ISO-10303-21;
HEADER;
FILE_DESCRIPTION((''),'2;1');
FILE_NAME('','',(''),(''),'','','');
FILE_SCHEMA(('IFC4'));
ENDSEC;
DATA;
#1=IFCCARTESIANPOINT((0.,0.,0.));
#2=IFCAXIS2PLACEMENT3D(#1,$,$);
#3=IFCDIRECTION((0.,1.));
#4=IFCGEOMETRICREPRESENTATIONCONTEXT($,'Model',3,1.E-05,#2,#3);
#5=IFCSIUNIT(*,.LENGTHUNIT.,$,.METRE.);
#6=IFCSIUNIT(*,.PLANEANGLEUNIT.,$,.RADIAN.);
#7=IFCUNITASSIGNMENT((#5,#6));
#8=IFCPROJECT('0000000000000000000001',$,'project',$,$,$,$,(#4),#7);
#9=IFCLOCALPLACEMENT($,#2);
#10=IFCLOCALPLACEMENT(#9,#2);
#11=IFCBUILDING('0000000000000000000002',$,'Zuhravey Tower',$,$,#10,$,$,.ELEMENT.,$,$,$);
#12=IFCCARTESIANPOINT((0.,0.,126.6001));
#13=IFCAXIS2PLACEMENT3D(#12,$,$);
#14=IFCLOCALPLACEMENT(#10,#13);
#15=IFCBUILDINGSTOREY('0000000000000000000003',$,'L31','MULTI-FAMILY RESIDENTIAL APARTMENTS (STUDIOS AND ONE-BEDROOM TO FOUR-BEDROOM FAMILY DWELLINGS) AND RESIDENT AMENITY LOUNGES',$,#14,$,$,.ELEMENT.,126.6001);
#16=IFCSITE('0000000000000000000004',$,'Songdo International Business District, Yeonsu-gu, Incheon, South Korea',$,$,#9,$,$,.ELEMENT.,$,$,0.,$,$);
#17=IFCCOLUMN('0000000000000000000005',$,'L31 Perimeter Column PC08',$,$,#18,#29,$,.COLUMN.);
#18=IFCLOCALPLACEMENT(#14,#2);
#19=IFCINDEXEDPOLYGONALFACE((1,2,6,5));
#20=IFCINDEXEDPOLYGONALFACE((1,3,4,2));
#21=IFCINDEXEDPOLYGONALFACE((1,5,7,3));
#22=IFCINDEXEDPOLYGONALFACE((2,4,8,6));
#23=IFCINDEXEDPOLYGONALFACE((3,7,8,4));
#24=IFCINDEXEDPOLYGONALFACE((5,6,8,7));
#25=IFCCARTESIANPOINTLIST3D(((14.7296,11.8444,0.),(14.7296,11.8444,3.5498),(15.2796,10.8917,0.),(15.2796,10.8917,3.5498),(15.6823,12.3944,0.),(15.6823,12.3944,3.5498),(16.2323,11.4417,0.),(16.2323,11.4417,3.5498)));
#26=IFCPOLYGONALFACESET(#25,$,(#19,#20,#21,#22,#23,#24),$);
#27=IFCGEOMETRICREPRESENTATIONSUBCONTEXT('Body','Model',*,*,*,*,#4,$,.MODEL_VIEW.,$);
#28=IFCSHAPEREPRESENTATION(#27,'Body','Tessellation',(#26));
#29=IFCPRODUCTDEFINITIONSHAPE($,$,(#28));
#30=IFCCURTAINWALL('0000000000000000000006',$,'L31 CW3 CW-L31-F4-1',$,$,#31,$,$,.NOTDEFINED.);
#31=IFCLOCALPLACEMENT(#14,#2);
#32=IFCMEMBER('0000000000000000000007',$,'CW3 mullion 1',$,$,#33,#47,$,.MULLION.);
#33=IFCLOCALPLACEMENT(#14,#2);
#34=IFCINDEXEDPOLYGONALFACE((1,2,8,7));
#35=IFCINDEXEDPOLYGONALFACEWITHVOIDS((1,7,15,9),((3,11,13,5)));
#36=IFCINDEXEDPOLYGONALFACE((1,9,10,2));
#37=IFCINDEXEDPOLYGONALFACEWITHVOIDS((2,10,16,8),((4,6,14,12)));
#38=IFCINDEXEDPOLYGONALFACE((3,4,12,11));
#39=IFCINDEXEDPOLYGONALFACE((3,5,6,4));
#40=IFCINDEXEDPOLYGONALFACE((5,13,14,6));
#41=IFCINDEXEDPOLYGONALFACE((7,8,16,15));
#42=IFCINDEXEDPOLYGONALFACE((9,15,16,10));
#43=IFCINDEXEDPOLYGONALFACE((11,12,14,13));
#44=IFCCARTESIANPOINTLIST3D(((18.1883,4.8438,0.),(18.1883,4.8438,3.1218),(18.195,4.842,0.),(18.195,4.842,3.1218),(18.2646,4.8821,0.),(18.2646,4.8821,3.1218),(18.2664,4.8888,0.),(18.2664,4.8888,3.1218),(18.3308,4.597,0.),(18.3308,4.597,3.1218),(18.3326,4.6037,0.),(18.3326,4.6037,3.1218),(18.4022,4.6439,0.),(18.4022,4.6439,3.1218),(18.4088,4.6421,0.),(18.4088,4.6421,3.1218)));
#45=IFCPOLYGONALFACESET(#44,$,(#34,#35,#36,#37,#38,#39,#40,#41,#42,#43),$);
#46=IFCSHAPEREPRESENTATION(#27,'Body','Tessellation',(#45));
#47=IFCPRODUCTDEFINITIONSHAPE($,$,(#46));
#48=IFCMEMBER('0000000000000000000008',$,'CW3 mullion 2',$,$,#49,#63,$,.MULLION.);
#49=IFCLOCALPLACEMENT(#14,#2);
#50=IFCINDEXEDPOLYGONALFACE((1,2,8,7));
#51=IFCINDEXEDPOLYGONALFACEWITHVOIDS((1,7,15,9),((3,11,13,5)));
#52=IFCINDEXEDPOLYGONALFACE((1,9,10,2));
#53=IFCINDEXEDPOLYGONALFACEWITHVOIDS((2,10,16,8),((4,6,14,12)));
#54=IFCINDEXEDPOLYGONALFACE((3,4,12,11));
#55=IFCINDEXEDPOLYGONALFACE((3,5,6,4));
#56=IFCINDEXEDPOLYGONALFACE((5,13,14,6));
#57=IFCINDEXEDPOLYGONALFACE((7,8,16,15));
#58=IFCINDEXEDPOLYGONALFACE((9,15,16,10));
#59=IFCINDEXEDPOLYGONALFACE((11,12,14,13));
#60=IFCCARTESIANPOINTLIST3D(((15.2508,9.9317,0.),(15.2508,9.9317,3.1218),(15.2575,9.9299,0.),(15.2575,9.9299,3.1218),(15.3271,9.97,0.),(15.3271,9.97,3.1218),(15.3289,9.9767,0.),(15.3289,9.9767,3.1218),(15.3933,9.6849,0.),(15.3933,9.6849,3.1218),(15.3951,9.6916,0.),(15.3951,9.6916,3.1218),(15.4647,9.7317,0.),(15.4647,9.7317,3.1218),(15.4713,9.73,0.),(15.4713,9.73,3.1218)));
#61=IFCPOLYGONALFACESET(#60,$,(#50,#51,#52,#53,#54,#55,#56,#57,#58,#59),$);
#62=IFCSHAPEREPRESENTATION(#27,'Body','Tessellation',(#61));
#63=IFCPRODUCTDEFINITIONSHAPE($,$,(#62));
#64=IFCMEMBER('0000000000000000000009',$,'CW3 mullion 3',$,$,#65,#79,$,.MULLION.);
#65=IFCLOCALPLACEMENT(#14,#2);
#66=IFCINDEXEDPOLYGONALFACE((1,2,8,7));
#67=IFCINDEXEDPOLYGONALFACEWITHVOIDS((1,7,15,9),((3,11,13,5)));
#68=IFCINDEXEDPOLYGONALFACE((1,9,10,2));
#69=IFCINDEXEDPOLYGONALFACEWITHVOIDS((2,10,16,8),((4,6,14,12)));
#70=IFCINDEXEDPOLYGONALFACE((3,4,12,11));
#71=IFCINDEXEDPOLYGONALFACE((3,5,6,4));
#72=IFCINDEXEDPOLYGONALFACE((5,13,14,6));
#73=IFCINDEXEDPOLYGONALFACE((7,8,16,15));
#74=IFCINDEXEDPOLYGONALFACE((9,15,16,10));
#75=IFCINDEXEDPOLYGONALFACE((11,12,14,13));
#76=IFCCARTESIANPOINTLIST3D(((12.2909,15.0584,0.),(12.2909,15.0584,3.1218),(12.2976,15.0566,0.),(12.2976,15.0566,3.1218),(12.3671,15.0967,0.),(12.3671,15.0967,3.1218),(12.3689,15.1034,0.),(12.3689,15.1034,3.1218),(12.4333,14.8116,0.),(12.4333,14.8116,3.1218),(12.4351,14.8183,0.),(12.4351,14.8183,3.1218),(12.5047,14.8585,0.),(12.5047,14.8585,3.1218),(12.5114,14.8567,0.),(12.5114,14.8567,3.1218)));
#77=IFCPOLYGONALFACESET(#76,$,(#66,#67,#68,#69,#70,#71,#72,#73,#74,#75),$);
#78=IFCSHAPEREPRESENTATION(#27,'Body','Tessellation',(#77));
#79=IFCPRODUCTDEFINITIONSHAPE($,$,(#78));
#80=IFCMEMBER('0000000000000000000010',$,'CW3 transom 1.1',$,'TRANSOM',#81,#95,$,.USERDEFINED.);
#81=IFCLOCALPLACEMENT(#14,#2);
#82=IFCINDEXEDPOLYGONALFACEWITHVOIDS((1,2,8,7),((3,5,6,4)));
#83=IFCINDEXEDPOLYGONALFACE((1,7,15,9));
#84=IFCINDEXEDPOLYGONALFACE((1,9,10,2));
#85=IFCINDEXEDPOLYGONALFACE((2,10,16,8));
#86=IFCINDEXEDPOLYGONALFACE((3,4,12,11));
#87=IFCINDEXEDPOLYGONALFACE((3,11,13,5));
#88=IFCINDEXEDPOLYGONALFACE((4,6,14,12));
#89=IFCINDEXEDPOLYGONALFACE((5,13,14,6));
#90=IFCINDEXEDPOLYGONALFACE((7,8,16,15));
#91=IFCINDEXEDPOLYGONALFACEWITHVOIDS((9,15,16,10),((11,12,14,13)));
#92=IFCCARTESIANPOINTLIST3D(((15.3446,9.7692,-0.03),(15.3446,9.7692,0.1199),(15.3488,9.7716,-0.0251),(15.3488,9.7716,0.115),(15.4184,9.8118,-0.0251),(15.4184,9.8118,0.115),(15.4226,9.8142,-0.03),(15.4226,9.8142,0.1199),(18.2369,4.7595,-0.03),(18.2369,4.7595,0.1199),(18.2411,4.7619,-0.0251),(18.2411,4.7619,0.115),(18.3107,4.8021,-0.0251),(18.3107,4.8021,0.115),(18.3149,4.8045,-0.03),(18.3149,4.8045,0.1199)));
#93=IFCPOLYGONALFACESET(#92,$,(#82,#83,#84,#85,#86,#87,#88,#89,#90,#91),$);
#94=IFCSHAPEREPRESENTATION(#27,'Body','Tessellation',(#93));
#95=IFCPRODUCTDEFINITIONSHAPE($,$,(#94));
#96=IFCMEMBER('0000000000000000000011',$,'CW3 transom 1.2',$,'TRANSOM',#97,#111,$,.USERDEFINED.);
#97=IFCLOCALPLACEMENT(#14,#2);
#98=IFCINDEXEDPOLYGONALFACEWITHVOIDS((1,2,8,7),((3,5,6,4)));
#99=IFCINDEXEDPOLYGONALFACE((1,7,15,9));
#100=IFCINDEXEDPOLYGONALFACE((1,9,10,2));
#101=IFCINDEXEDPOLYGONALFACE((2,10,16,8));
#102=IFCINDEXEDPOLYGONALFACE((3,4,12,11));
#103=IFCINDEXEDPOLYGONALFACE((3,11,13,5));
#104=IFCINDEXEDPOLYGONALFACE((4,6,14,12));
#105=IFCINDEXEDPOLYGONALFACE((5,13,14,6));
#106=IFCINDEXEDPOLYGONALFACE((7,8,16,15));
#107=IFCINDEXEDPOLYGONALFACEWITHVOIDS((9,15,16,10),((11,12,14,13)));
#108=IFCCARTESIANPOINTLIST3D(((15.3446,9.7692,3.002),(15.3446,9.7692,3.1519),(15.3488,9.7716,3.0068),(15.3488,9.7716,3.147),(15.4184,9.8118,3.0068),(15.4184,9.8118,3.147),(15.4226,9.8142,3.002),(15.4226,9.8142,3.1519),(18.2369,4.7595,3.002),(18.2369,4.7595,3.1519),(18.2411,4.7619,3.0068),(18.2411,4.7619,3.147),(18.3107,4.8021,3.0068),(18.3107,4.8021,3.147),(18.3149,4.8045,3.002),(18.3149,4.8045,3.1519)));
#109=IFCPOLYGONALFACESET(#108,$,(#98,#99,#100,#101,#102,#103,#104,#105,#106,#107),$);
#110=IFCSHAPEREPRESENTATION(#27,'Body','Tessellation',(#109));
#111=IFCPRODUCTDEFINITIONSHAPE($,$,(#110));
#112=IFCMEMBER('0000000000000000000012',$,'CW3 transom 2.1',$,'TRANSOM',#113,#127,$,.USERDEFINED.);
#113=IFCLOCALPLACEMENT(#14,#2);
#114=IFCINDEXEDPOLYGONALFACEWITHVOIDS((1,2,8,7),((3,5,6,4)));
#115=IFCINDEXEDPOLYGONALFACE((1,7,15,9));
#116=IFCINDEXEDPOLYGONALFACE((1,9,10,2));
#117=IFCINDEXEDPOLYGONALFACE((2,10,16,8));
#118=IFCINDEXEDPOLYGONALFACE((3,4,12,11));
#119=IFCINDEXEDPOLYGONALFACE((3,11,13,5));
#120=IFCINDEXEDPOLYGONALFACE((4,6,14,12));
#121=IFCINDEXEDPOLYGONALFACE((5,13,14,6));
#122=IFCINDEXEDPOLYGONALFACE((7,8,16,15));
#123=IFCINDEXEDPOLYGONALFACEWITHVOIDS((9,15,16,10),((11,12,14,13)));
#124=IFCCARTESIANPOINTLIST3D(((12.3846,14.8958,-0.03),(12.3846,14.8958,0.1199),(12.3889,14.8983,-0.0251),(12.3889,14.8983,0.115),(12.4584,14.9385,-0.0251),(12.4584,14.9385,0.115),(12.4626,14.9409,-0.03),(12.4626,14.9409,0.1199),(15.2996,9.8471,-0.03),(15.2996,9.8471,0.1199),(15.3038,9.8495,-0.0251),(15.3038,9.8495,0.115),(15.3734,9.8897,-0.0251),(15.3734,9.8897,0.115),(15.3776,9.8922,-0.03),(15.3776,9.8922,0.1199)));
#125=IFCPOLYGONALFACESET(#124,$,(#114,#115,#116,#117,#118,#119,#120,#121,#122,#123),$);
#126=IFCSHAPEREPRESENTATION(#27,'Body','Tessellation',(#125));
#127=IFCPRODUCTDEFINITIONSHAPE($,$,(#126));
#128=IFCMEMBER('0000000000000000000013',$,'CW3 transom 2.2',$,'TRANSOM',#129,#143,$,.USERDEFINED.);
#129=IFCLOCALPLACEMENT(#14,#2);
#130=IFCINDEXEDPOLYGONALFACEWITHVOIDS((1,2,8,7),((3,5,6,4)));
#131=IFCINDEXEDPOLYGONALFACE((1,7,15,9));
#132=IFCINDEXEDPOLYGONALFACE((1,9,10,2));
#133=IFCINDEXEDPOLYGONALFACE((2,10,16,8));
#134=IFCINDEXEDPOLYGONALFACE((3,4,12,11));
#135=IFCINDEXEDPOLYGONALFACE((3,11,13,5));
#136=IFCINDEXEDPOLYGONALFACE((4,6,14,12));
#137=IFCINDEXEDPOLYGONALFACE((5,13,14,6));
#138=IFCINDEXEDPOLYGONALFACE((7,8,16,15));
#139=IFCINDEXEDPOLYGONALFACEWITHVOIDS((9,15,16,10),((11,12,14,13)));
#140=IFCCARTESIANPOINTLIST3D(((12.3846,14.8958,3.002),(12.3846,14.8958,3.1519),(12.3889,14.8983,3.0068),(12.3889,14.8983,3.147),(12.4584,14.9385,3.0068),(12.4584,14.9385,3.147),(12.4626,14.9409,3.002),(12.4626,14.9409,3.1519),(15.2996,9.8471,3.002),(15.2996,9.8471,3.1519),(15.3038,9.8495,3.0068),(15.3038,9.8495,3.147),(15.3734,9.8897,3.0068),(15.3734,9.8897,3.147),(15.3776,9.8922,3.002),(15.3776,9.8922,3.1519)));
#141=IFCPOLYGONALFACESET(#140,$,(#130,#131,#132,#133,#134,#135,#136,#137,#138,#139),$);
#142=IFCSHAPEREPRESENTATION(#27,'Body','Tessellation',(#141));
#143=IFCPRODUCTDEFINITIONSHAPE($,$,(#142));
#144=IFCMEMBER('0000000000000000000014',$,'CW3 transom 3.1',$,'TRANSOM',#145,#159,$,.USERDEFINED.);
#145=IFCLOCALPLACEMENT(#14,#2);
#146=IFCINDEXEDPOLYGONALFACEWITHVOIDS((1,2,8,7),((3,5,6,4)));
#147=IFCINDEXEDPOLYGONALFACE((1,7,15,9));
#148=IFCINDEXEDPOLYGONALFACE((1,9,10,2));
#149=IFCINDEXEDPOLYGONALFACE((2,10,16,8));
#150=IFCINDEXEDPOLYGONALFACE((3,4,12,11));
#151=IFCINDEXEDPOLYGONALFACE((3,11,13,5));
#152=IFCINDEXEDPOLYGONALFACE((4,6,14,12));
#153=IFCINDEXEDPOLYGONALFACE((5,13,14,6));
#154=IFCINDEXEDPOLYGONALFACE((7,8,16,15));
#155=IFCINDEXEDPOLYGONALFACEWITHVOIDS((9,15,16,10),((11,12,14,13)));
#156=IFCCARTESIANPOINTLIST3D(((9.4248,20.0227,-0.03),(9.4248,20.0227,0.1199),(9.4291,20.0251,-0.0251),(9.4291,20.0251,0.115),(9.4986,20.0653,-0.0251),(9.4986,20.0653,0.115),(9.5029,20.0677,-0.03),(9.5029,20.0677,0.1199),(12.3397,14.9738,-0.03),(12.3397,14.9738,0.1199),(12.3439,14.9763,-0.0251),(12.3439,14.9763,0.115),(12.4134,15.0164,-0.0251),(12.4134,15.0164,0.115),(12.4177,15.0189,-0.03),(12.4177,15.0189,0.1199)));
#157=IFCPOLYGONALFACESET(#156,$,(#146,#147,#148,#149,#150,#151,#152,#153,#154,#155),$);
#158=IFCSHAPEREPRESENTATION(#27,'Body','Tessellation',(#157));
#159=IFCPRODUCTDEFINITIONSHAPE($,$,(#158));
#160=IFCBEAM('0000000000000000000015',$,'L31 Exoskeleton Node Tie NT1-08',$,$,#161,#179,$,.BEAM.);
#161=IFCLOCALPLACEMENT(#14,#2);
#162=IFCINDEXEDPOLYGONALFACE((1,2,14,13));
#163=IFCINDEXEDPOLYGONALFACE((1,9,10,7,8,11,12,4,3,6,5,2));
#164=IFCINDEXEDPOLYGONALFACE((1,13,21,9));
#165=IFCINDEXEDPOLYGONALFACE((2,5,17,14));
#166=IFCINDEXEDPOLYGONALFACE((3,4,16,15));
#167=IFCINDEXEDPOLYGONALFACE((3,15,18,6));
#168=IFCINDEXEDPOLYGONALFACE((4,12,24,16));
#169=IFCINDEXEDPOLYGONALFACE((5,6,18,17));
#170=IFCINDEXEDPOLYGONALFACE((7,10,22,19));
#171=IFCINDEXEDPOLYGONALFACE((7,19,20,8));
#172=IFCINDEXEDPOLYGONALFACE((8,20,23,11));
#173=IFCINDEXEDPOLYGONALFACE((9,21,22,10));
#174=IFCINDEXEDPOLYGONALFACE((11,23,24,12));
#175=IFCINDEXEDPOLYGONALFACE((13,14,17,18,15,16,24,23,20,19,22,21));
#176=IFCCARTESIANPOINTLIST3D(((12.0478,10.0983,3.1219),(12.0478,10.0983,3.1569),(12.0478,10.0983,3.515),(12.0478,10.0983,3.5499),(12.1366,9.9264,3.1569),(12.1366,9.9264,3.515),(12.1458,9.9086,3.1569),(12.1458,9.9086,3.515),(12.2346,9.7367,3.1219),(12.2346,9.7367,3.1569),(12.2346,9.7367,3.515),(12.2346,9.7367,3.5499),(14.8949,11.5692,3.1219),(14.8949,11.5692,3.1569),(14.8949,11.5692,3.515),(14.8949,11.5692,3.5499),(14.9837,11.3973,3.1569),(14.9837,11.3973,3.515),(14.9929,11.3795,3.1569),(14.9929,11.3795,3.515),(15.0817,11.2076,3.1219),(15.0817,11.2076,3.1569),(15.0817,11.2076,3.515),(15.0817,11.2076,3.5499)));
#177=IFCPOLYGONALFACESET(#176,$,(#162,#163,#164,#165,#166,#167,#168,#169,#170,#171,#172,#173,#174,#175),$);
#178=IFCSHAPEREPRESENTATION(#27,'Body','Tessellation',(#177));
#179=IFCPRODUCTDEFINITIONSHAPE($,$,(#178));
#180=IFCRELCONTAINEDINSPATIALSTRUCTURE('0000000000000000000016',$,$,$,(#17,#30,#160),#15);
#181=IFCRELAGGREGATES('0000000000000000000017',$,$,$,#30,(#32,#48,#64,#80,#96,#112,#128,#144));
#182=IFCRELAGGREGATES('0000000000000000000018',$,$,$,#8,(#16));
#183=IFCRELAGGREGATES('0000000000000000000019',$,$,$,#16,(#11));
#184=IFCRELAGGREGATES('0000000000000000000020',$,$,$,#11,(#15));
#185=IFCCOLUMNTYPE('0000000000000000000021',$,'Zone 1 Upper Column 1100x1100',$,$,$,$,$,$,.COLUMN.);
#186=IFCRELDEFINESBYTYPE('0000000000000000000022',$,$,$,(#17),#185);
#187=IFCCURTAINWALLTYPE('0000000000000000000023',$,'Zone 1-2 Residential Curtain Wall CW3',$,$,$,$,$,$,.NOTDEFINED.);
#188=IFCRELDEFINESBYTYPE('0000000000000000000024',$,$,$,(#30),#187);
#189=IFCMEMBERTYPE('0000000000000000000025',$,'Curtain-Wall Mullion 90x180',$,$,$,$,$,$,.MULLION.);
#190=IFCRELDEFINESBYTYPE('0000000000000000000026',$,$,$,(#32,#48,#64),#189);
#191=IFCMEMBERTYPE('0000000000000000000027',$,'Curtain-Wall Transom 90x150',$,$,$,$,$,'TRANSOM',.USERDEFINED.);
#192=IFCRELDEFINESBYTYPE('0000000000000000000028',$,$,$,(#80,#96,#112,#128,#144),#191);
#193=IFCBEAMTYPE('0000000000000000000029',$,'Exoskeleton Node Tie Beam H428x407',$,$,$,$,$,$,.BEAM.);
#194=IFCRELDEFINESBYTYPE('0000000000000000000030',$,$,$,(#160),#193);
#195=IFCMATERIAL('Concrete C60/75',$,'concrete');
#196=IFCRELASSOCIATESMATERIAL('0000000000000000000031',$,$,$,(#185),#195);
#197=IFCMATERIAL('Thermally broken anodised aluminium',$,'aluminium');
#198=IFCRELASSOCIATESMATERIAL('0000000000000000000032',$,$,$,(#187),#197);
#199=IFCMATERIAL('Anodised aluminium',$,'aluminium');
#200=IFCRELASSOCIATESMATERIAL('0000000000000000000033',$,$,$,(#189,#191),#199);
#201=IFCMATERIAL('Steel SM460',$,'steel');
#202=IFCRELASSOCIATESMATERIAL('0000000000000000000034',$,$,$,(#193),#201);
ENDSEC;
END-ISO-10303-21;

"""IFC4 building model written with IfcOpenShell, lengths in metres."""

from ifc_helpers import new_model, si_unit, direction, frame, origin, origin_2d, place, context, subcontext, project, spatial, rectangle, hollow_rectangle, i_section, extrude, material, material_profile, profile_set, type_object, element, aggregate, save


model = new_model("IFC4")

# Units and contexts
model_context = context("Model", 3, precision=1e-05, world=origin(), true_north=direction((0.0, 1.0)))
body_context = subcontext(model_context, "Body", "Model", "MODEL_VIEW")
ifc_project = project(units=[si_unit("LENGTHUNIT", "METRE"), si_unit("PLANEANGLEUNIT", "RADIAN")], contexts=[model_context])

# Site, building, storey
site_placement = place(None, origin())
site = spatial("IfcSite", under=ifc_project, at=site_placement, Name="Songdo International Business District, Yeonsu-gu, Incheon, South Korea", CompositionType="ELEMENT", RefElevation=0.0)
building_placement = place(site_placement, origin())
building = spatial("IfcBuilding", under=site, at=building_placement, Name="Zuhravey Tower", CompositionType="ELEMENT")
storey_placement = place(building_placement, frame((0.0, 0.0, 126.6001)))
storey = spatial("IfcBuildingStorey", under=building, at=storey_placement, Name="L31", Description="MULTI-FAMILY RESIDENTIAL APARTMENTS (STUDIOS AND ONE-BEDROOM TO FOUR-BEDROOM FAMILY DWELLINGS) AND RESIDENT AMENITY LOUNGES", CompositionType="ELEMENT", Elevation=126.6001)

# Column
ifc_material_1 = material(Name="Concrete C60/75", Category="concrete")
ifc_material_profile_1 = material_profile(ifc_material_1, rectangle(XDim=1.1001, YDim=1.1001, at=origin_2d()), Name="RC-1100x1100")
ifc_profile_set_1 = profile_set([ifc_material_profile_1], Name="Concrete C60/75")
column_type = type_object("IfcColumnType", Name="Zone 1 Upper Column 1100x1100", PredefinedType="COLUMN", material=ifc_profile_set_1)
column_placement = place(storey_placement, frame((15.481, 11.6431, 0.0), z_axis=(0.0, 0.0, 1.0), x_axis=(0.5, -0.866025, 0.0)))
element("IfcColumn", 1, at=column_placement, inside=storey, type_object=column_type, Name="L31 Perimeter Column PC08", PredefinedType="COLUMN", context=body_context, shape_type="SweptSolid", body=[
    extrude(rectangle(XDim=1.1001, YDim=1.1001, at=origin_2d()), origin(), (0.0, 0.0, 1.0), 3.5498),
])

# Curtain wall, members
ifc_material_2 = material(Name="Thermally broken anodised aluminium", Category="aluminium")
curtain_wall_type = type_object("IfcCurtainWallType", Name="Zone 1-2 Residential Curtain Wall CW3", PredefinedType="NOTDEFINED", material=ifc_material_2)
curtain_wall_placement = place(storey_placement, origin())
curtain_wall = element("IfcCurtainWall", 2, at=curtain_wall_placement, inside=storey, type_object=curtain_wall_type, Name="L31 CW3 CW-L31-F4-1", PredefinedType="NOTDEFINED")
ifc_material_3 = material(Name="Anodised aluminium", Category="aluminium")
ifc_material_profile_2 = material_profile(ifc_material_3, hollow_rectangle(XDim=0.0901, YDim=0.2849, WallThickness=0.0049, at=origin_2d()), Name="ALU-RHS-90x285x5")
ifc_profile_set_2 = profile_set([ifc_material_profile_2], Name="Anodised aluminium")
member_type_1 = type_object("IfcMemberType", Name="Curtain-Wall Mullion 90x180", PredefinedType="MULLION", material=ifc_profile_set_2)
member_1_placement = place(storey_placement, frame((18.2986, 4.7429, 0.0), z_axis=(0.0, 0.0, 1.0), x_axis=(-0.866026, -0.5, 0.0)))
member_1 = element("IfcMember", 3, at=member_1_placement, type_object=member_type_1, Name="CW3 mullion 1", PredefinedType="MULLION", context=body_context, shape_type="SweptSolid", body=[
    extrude(hollow_rectangle(XDim=0.0901, YDim=0.2849, WallThickness=0.0049, at=origin_2d()), origin(), (0.0, 0.0, 1.0), 3.1218),
])
member_2_placement = place(storey_placement, frame((15.3611, 9.8308, 0.0), z_axis=(0.0, 0.0, 1.0), x_axis=(-0.866026, -0.5, 0.0)))
member_2 = element("IfcMember", 4, at=member_2_placement, type_object=member_type_1, Name="CW3 mullion 2", PredefinedType="MULLION", context=body_context, shape_type="SweptSolid", body=[
    extrude(hollow_rectangle(XDim=0.0901, YDim=0.2849, WallThickness=0.0049, at=origin_2d()), origin(), (0.0, 0.0, 1.0), 3.1218),
])
member_3_placement = place(storey_placement, frame((12.4011, 14.9575, 0.0), z_axis=(0.0, 0.0, 1.0), x_axis=(-0.866026, -0.5, 0.0)))
member_3 = element("IfcMember", 5, at=member_3_placement, type_object=member_type_1, Name="CW3 mullion 3", PredefinedType="MULLION", context=body_context, shape_type="SweptSolid", body=[
    extrude(hollow_rectangle(XDim=0.0901, YDim=0.2849, WallThickness=0.0049, at=origin_2d()), origin(), (0.0, 0.0, 1.0), 3.1218),
])
ifc_material_profile_3 = material_profile(ifc_material_3, hollow_rectangle(XDim=0.0901, YDim=0.1499, WallThickness=0.0049, at=origin_2d()), Name="ALU-RHS-90x150x5")
ifc_profile_set_3 = profile_set([ifc_material_profile_3], Name="Anodised aluminium")
member_type_2 = type_object("IfcMemberType", Name="Curtain-Wall Transom 90x150", ElementType="TRANSOM", PredefinedType="USERDEFINED", material=ifc_profile_set_3)
member_4_placement = place(storey_placement, frame((18.2759, 4.782, 0.0449), z_axis=(-0.499993, 0.86603, 0.0), x_axis=(-0.86603, -0.499993, 0.0)))
member_4 = element("IfcMember", 6, at=member_4_placement, type_object=member_type_2, Name="CW3 transom 1.1", ObjectType="TRANSOM", PredefinedType="USERDEFINED", context=body_context, shape_type="SweptSolid", body=[
    extrude(hollow_rectangle(XDim=0.0901, YDim=0.1499, WallThickness=0.0049, at=origin_2d()), origin(), (0.0, 0.0, 1.0), 5.7847),
])
member_5_placement = place(storey_placement, frame((18.2759, 4.782, 3.0769), z_axis=(-0.499993, 0.86603, 0.0), x_axis=(-0.86603, -0.499993, 0.0)))
member_5 = element("IfcMember", 7, at=member_5_placement, type_object=member_type_2, Name="CW3 transom 1.2", ObjectType="TRANSOM", PredefinedType="USERDEFINED", context=body_context, shape_type="SweptSolid", body=[
    extrude(hollow_rectangle(XDim=0.0901, YDim=0.1499, WallThickness=0.0049, at=origin_2d()), origin(), (0.0, 0.0, 1.0), 5.7847),
])
member_6_placement = place(storey_placement, frame((15.3386, 9.8696, 0.0449), z_axis=(-0.500012, 0.866018, 0.0), x_axis=(-0.866018, -0.500012, 0.0)))
member_6 = element("IfcMember", 8, at=member_6_placement, type_object=member_type_2, Name="CW3 transom 2.1", ObjectType="TRANSOM", PredefinedType="USERDEFINED", context=body_context, shape_type="SweptSolid", body=[
    extrude(hollow_rectangle(XDim=0.0901, YDim=0.1499, WallThickness=0.0049, at=origin_2d()), origin(), (0.0, 0.0, 1.0), 5.8298),
])
member_7_placement = place(storey_placement, frame((15.3386, 9.8696, 3.0769), z_axis=(-0.500012, 0.866018, 0.0), x_axis=(-0.866018, -0.500012, 0.0)))
member_7 = element("IfcMember", 9, at=member_7_placement, type_object=member_type_2, Name="CW3 transom 2.2", ObjectType="TRANSOM", PredefinedType="USERDEFINED", context=body_context, shape_type="SweptSolid", body=[
    extrude(hollow_rectangle(XDim=0.0901, YDim=0.1499, WallThickness=0.0049, at=origin_2d()), origin(), (0.0, 0.0, 1.0), 5.8298),
])
member_8_placement = place(storey_placement, frame((12.3787, 14.9963, 0.0449), z_axis=(-0.499981, 0.866036, 0.0), x_axis=(-0.866036, -0.499981, 0.0)))
member_8 = element("IfcMember", 10, at=member_8_placement, type_object=member_type_2, Name="CW3 transom 3.1", ObjectType="TRANSOM", PredefinedType="USERDEFINED", context=body_context, shape_type="SweptSolid", body=[
    extrude(hollow_rectangle(XDim=0.0901, YDim=0.1499, WallThickness=0.0049, at=origin_2d()), origin(), (0.0, 0.0, 1.0), 5.8298),
])

# Beam
ifc_material_4 = material(Name="Steel SM460", Category="steel")
ifc_material_profile_4 = material_profile(ifc_material_4, i_section(OverallWidth=0.407, OverallDepth=0.428, WebThickness=0.02, FlangeThickness=0.0349, at=origin_2d()), Name="H-428x407x20x35")
ifc_profile_set_4 = profile_set([ifc_material_profile_4], Name="Steel SM460")
beam_type_1 = type_object("IfcBeamType", Name="Exoskeleton Node Tie Beam H428x407", PredefinedType="BEAM", material=ifc_profile_set_4)
beam_1_placement = place(storey_placement, frame((14.9883, 11.3884, 3.3359), z_axis=(-0.888437, -0.458998, 0.0), x_axis=(0.458998, -0.888437, 0.0)))
element("IfcBeam", 11, at=beam_1_placement, inside=storey, type_object=beam_type_1, Name="L31 Exoskeleton Node Tie NT1-08", PredefinedType="BEAM", context=body_context, shape_type="SweptSolid", body=[
    extrude(i_section(OverallWidth=0.407, OverallDepth=0.428, WebThickness=0.02, FlangeThickness=0.0349, at=origin_2d()), origin(), (0.0, 0.0, 1.0), 3.2046),
])

aggregate(curtain_wall, [member_1, member_2, member_3, member_4, member_5, member_6, member_7, member_8])

save(model, "model.ifc")
